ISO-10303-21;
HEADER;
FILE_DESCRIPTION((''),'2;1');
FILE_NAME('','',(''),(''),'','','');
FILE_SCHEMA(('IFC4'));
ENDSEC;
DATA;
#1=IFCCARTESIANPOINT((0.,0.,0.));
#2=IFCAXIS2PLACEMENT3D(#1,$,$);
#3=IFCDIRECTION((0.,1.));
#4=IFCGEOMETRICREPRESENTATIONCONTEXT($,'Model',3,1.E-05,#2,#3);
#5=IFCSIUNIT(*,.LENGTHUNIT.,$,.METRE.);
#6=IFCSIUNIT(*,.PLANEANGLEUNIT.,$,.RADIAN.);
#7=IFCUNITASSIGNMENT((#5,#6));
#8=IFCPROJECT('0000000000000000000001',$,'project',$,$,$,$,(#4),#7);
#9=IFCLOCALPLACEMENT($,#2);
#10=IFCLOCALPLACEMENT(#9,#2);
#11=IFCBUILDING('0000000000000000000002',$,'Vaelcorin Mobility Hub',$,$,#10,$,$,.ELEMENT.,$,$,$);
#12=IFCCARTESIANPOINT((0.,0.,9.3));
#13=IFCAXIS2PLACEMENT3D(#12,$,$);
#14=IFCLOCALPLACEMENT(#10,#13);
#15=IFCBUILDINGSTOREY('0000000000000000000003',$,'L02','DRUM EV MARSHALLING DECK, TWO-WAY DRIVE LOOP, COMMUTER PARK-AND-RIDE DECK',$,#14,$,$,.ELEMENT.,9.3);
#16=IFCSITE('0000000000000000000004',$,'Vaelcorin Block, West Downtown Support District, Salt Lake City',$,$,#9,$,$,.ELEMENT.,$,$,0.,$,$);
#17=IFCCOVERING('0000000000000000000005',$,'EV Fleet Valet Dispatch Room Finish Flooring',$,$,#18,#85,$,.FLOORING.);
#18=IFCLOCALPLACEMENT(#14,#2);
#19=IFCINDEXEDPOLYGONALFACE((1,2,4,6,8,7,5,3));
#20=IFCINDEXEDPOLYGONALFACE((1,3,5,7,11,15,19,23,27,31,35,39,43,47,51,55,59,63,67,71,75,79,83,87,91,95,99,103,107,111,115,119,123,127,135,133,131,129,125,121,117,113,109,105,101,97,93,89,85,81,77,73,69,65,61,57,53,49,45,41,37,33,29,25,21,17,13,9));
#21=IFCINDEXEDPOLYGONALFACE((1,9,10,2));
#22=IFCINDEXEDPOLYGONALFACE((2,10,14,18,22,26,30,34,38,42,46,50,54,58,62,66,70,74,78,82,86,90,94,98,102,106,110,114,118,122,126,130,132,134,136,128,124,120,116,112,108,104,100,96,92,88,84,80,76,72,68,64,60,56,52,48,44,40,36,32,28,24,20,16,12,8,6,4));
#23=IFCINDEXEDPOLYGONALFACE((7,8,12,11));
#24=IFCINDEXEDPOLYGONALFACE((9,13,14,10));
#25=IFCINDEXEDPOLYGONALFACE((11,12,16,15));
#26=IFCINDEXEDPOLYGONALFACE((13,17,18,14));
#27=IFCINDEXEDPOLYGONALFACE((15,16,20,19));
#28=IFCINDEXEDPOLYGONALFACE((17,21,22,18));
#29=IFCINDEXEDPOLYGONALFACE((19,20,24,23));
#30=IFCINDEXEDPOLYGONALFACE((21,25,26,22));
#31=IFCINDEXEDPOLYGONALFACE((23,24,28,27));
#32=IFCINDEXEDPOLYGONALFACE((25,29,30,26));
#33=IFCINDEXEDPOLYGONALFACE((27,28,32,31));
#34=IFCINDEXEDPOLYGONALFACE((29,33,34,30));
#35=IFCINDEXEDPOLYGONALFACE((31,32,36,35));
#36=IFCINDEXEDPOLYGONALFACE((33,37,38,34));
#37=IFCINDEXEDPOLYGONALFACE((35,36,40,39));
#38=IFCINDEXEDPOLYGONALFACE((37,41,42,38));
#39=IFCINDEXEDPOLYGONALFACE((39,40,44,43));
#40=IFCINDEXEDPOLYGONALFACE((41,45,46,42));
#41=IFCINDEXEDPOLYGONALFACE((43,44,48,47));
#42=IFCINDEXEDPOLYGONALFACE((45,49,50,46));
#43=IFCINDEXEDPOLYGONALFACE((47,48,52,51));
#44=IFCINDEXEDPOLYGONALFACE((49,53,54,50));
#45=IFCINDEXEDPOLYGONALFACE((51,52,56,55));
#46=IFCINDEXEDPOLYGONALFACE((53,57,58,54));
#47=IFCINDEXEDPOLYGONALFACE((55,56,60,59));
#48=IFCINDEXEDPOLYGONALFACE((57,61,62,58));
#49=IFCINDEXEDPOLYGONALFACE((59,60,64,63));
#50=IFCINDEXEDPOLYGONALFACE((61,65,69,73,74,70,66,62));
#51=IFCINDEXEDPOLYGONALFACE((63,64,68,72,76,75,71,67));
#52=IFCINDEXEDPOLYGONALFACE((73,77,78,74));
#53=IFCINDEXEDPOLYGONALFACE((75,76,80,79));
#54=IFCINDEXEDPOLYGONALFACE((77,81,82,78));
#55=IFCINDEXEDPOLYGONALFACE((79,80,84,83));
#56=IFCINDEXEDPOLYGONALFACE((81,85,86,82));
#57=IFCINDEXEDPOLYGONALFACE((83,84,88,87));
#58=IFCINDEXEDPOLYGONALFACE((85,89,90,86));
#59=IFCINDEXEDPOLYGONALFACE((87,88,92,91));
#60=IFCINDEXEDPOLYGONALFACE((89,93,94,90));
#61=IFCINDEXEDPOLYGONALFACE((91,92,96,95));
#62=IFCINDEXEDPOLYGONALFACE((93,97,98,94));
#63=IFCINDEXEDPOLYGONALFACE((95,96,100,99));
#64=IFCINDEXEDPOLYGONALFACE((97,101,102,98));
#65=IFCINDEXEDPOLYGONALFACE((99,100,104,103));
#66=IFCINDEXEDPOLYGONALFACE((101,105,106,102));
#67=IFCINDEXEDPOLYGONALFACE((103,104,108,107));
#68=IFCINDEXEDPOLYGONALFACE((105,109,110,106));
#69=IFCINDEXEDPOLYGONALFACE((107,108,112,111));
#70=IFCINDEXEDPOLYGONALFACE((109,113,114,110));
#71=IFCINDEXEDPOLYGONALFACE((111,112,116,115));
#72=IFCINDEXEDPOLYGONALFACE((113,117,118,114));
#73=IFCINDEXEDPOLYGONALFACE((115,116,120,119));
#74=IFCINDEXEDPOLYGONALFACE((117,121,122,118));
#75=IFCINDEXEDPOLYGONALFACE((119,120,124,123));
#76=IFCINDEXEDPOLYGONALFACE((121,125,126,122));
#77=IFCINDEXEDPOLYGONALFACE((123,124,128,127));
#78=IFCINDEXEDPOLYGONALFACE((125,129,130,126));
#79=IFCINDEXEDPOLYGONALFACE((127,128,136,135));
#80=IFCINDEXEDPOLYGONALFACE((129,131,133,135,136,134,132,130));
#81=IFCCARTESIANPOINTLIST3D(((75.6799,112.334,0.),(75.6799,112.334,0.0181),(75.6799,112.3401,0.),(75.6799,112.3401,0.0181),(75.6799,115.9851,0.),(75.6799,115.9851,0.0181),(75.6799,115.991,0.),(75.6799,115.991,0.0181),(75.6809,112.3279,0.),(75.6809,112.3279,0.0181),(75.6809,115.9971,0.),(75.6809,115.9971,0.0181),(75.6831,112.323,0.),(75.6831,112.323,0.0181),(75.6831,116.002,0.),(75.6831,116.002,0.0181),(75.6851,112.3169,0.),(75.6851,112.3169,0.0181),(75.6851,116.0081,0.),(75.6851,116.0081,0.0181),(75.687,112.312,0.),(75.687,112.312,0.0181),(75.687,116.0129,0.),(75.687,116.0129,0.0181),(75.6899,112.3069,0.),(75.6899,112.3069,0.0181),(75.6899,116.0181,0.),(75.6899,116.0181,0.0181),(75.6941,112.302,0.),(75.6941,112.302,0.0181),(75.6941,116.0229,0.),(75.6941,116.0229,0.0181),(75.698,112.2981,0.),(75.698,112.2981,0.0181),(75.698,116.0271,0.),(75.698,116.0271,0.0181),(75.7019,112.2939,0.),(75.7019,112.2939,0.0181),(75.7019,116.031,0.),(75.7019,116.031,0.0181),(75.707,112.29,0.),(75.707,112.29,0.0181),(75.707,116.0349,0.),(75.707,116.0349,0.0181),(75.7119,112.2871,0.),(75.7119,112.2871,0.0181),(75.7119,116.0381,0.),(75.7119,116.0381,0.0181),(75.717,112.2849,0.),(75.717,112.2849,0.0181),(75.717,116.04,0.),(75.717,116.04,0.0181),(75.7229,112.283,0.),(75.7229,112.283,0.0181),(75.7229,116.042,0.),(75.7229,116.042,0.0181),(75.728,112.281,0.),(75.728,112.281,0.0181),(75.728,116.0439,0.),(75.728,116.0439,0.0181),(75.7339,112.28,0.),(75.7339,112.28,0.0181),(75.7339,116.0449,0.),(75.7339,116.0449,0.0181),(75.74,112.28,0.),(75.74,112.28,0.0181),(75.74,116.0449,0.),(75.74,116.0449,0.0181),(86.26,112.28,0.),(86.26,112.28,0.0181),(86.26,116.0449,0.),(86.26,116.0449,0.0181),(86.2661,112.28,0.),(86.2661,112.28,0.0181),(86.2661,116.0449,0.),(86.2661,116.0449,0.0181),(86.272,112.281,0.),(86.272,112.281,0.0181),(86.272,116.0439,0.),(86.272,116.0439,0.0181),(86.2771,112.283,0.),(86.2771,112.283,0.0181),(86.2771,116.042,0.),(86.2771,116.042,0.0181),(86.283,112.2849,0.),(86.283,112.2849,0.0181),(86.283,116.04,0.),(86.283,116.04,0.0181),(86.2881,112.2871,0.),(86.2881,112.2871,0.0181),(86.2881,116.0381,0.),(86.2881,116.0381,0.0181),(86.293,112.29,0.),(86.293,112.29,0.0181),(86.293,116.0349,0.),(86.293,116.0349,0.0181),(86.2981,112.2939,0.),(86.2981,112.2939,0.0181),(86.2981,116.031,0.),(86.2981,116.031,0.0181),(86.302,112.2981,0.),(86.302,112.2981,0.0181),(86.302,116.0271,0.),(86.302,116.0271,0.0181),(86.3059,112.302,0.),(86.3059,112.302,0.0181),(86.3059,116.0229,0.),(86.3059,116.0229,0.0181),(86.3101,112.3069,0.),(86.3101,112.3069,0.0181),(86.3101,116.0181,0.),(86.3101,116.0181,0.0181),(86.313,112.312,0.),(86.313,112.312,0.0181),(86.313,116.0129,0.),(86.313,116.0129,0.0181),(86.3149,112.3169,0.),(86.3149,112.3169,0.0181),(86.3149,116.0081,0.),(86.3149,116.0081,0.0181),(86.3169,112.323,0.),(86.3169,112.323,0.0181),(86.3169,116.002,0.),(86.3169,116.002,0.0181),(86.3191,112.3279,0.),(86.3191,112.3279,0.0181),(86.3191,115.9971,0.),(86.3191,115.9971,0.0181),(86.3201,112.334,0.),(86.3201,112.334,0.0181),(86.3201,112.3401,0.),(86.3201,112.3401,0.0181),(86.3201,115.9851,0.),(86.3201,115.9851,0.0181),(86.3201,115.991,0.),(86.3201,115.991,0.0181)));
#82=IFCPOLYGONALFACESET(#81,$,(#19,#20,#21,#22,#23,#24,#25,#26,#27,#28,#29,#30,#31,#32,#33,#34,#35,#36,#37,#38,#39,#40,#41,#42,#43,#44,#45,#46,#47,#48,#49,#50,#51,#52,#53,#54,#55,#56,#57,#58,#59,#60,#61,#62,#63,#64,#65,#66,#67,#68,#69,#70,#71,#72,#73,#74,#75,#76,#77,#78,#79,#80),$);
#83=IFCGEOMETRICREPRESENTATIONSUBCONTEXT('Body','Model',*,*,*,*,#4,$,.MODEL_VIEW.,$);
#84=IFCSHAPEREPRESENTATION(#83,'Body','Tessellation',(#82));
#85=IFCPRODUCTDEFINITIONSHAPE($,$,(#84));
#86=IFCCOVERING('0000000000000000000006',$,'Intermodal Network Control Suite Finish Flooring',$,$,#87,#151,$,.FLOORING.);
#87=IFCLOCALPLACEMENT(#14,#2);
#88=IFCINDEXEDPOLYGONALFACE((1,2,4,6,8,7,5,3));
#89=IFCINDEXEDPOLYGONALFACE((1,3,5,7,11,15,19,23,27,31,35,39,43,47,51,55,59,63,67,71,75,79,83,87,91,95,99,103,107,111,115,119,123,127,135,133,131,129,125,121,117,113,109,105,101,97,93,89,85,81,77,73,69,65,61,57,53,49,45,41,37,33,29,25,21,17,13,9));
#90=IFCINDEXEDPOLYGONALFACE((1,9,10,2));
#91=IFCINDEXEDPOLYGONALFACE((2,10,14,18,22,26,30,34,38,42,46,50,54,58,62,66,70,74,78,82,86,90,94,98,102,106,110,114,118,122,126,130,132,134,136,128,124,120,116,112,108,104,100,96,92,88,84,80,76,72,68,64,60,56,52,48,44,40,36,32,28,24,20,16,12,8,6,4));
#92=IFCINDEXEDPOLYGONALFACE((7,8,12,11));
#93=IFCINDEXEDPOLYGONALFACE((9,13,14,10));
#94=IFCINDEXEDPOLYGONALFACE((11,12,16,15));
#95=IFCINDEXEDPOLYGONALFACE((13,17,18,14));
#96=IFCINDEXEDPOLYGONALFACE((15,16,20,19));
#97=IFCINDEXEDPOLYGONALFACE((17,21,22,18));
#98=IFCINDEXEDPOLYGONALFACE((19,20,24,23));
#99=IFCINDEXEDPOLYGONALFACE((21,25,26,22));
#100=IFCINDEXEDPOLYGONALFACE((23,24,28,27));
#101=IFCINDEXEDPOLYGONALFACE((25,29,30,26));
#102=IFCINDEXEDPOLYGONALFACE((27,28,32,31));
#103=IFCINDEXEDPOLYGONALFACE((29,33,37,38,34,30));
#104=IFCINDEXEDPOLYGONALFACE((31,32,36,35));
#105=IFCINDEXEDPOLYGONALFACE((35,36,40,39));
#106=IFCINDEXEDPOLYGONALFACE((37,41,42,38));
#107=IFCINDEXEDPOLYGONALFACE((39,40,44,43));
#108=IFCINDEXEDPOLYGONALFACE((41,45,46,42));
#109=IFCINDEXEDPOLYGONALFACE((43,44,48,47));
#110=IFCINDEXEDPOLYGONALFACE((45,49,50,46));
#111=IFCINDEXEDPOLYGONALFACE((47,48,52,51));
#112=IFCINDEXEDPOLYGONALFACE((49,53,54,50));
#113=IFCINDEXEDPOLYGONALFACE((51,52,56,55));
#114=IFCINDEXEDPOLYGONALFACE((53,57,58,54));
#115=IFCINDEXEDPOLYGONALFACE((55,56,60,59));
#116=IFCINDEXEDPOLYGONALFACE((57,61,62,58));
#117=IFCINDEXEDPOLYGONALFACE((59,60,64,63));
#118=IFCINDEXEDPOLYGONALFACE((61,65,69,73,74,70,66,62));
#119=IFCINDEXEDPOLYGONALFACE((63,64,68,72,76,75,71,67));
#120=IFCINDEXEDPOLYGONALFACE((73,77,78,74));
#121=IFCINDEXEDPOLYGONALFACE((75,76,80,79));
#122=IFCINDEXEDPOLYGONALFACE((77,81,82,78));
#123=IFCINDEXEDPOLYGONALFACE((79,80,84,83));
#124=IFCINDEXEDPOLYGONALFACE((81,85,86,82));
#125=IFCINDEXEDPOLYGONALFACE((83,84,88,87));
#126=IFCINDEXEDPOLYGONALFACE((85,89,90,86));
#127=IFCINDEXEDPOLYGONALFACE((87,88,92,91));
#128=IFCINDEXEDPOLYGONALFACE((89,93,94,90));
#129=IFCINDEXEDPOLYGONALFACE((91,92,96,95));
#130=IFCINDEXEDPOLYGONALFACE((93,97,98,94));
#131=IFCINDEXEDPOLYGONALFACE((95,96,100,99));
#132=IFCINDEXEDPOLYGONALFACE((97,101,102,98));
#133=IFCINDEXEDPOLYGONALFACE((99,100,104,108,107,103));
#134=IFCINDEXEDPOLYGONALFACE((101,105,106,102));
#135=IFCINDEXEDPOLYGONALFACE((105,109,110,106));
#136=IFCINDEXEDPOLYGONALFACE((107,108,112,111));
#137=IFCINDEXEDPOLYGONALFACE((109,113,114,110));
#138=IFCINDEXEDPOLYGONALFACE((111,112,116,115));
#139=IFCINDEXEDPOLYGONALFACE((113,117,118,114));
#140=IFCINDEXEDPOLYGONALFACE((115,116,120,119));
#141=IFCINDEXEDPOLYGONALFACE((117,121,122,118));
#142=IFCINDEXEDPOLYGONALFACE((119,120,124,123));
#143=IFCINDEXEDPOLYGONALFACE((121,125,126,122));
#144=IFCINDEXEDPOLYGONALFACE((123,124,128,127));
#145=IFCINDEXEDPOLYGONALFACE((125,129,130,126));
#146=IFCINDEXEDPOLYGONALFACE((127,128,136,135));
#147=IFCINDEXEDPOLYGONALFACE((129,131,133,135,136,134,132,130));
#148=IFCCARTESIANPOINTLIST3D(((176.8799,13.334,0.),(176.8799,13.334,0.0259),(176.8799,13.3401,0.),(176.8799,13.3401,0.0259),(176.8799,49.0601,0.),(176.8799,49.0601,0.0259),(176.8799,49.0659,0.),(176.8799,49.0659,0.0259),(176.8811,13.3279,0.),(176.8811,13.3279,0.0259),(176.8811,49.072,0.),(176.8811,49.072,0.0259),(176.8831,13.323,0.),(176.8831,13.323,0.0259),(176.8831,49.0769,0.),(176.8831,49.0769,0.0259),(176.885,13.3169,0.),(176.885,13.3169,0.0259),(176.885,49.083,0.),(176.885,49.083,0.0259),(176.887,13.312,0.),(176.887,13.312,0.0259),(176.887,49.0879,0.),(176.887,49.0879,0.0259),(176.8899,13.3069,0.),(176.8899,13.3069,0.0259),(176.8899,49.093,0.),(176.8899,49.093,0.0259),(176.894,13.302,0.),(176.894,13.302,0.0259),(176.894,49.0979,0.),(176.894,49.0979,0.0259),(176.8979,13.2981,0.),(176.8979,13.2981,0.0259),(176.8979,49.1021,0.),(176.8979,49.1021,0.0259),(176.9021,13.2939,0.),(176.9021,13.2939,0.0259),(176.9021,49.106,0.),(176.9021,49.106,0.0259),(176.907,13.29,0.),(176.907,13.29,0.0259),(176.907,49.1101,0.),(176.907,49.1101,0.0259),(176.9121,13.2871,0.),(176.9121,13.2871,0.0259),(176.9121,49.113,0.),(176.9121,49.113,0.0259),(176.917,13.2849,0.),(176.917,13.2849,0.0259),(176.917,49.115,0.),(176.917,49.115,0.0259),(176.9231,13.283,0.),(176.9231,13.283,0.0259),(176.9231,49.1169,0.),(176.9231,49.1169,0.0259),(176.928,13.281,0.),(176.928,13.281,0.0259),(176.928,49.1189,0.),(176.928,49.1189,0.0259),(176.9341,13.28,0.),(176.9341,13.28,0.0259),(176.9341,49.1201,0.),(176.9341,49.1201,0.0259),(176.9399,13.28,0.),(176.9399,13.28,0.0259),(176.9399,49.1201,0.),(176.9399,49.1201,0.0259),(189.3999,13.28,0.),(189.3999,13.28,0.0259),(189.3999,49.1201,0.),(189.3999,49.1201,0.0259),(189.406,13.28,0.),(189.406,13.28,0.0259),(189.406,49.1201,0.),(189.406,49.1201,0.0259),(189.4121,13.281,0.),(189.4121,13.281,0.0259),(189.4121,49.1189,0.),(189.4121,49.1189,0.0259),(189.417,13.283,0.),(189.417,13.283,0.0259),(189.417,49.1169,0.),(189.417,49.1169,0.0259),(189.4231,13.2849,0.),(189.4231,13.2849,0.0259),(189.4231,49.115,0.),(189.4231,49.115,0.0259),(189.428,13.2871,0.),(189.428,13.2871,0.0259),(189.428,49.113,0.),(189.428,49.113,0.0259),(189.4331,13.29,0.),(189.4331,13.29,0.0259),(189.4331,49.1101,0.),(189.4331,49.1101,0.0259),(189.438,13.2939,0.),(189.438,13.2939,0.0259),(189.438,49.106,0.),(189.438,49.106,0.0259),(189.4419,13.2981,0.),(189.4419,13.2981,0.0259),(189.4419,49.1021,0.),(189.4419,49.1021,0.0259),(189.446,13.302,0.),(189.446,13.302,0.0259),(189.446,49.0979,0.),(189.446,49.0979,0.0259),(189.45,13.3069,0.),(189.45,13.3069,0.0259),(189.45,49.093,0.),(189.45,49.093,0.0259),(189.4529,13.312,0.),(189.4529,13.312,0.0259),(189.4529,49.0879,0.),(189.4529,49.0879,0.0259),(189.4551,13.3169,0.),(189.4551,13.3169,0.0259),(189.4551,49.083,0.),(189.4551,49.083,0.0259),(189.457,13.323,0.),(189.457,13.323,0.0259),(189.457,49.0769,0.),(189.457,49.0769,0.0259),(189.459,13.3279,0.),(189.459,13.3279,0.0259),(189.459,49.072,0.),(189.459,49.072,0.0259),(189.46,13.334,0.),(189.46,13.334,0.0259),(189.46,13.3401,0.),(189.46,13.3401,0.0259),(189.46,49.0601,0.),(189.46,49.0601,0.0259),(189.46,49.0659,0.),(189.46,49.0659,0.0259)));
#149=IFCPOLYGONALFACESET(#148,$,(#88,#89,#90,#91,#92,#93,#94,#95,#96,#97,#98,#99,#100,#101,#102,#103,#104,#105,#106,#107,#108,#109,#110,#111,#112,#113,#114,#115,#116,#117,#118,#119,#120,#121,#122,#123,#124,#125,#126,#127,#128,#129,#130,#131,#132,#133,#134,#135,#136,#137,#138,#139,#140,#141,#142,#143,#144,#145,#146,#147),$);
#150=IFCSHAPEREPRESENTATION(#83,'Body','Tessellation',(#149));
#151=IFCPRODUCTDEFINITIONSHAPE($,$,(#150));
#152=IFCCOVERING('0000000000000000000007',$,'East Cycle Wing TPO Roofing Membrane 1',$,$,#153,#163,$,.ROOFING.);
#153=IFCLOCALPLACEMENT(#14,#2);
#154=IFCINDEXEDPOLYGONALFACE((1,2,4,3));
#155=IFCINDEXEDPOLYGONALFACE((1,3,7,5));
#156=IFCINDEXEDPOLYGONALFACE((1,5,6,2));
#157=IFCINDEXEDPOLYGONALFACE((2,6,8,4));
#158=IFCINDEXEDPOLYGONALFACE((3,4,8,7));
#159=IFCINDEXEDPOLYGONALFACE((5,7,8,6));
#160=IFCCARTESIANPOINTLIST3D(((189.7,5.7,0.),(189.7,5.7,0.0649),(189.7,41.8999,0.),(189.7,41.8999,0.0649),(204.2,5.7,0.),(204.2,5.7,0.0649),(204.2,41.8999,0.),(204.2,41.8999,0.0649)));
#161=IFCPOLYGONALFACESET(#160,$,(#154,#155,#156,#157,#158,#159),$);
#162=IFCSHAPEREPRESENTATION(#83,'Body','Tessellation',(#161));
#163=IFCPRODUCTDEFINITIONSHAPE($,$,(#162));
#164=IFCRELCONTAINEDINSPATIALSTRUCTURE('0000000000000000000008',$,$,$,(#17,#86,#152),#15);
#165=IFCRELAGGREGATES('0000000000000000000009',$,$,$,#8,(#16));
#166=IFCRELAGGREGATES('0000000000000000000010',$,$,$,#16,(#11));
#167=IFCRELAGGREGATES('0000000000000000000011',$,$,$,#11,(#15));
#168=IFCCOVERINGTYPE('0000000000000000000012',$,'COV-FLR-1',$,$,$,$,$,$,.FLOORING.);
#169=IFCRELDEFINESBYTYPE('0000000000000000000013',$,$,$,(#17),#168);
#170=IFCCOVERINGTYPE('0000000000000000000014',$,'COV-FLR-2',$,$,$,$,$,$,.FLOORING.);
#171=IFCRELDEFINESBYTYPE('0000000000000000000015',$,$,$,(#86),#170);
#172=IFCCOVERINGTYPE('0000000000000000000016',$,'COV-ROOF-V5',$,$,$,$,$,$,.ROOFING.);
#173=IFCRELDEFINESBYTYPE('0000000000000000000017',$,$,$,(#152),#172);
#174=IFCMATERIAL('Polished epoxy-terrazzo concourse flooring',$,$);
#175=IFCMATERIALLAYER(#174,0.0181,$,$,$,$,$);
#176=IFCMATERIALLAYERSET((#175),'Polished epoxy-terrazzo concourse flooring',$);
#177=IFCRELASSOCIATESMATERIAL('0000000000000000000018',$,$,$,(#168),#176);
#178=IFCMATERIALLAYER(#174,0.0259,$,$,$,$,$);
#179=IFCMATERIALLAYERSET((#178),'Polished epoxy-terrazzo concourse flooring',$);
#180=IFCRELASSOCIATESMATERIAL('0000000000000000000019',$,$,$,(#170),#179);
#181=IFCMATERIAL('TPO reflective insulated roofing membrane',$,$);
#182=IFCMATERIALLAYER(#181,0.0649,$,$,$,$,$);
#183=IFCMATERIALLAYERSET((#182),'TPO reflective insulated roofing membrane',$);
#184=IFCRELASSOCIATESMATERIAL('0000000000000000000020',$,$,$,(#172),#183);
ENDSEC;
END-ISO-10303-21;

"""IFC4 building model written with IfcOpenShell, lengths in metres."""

from ifc_helpers import new_model, si_unit, direction, frame, origin, place, context, subcontext, project, spatial, polyline, outline, extrude, material, layer, layer_set, type_object, element, save


model = new_model("IFC4")

# Units and contexts
model_context = context("Model", 3, precision=1e-05, world=origin(), true_north=direction((0.0, 1.0)))
body_context = subcontext(model_context, "Body", "Model", "MODEL_VIEW")
ifc_project = project(units=[si_unit("LENGTHUNIT", "METRE"), si_unit("PLANEANGLEUNIT", "RADIAN")], contexts=[model_context])

# Site, building, storey
site_placement = place(None, origin())
site = spatial("IfcSite", under=ifc_project, at=site_placement, Name="Vaelcorin Block, West Downtown Support District, Salt Lake City", CompositionType="ELEMENT", RefElevation=0.0)
building_placement = place(site_placement, origin())
building = spatial("IfcBuilding", under=site, at=building_placement, Name="Vaelcorin Mobility Hub", CompositionType="ELEMENT")
storey_placement = place(building_placement, frame((0.0, 0.0, 9.3)))
storey = spatial("IfcBuildingStorey", under=building, at=storey_placement, Name="L02", Description="DRUM EV MARSHALLING DECK, TWO-WAY DRIVE LOOP, COMMUTER PARK-AND-RIDE DECK", CompositionType="ELEMENT", Elevation=9.3)

# Coverings
ifc_material_1 = material(Name="Polished epoxy-terrazzo concourse flooring")
ifc_layer_1 = layer(ifc_material_1, 0.0181)
ifc_layer_set_1 = layer_set([ifc_layer_1], Name="Polished epoxy-terrazzo concourse flooring")
covering_type_1 = type_object("IfcCoveringType", Name="COV-FLR-1", PredefinedType="FLOORING", material=ifc_layer_set_1)
covering_1_placement = place(storey_placement, origin())
element("IfcCovering", 1, at=covering_1_placement, inside=storey, type_object=covering_type_1, Name="EV Fleet Valet Dispatch Room Finish Flooring", PredefinedType="FLOORING", context=body_context, shape_type="SweptSolid", body=[
    extrude(outline(polyline([(75.74, 112.28), (75.7339, 112.28), (75.728, 112.281), (75.7229, 112.283), (75.717, 112.2849), (75.7119, 112.2871), (75.707, 112.29), (75.7019, 112.2939), (75.698, 112.2981), (75.6941, 112.302), (75.6899, 112.3069), (75.687, 112.312), (75.6851, 112.3169), (75.6831, 112.323), (75.6809, 112.3279), (75.6799, 112.334), (75.6799, 112.3401), (75.6799, 115.9851), (75.6799, 115.991), (75.6809, 115.9971), (75.6831, 116.002), (75.6851, 116.0081), (75.687, 116.0129), (75.6899, 116.0181), (75.6941, 116.0229), (75.698, 116.0271), (75.7019, 116.031), (75.707, 116.0349), (75.7119, 116.0381), (75.717, 116.04), (75.7229, 116.042), (75.728, 116.0439), (75.7339, 116.0449), (75.74, 116.0449), (86.26, 116.0449), (86.2661, 116.0449), (86.272, 116.0439), (86.2771, 116.042), (86.283, 116.04), (86.2881, 116.0381), (86.293, 116.0349), (86.2981, 116.031), (86.302, 116.0271), (86.3059, 116.0229), (86.3101, 116.0181), (86.313, 116.0129), (86.3149, 116.0081), (86.3169, 116.002), (86.3191, 115.9971), (86.3201, 115.991), (86.3201, 115.9851), (86.3201, 112.3401), (86.3201, 112.334), (86.3191, 112.3279), (86.3169, 112.323), (86.3149, 112.3169), (86.313, 112.312), (86.3101, 112.3069), (86.3059, 112.302), (86.302, 112.2981), (86.2981, 112.2939), (86.293, 112.29), (86.2881, 112.2871), (86.283, 112.2849), (86.2771, 112.283), (86.272, 112.281), (86.2661, 112.28), (86.26, 112.28), (75.74, 112.28)])), origin(), (0.0, 0.0, 1.0), 0.0181),
])
ifc_layer_2 = layer(ifc_material_1, 0.0259)
ifc_layer_set_2 = layer_set([ifc_layer_2], Name="Polished epoxy-terrazzo concourse flooring")
covering_type_2 = type_object("IfcCoveringType", Name="COV-FLR-2", PredefinedType="FLOORING", material=ifc_layer_set_2)
covering_2_placement = place(storey_placement, origin())
element("IfcCovering", 2, at=covering_2_placement, inside=storey, type_object=covering_type_2, Name="Intermodal Network Control Suite Finish Flooring", PredefinedType="FLOORING", context=body_context, shape_type="SweptSolid", body=[
    extrude(outline(polyline([(176.9399, 13.28), (176.9341, 13.28), (176.928, 13.281), (176.9231, 13.283), (176.917, 13.2849), (176.9121, 13.2871), (176.907, 13.29), (176.9021, 13.2939), (176.8979, 13.2981), (176.894, 13.302), (176.8899, 13.3069), (176.887, 13.312), (176.885, 13.3169), (176.8831, 13.323), (176.8811, 13.3279), (176.8799, 13.334), (176.8799, 13.3401), (176.8799, 49.0601), (176.8799, 49.0659), (176.8811, 49.072), (176.8831, 49.0769), (176.885, 49.083), (176.887, 49.0879), (176.8899, 49.093), (176.894, 49.0979), (176.8979, 49.1021), (176.9021, 49.106), (176.907, 49.1101), (176.9121, 49.113), (176.917, 49.115), (176.9231, 49.1169), (176.928, 49.1189), (176.9341, 49.1201), (176.9399, 49.1201), (189.3999, 49.1201), (189.406, 49.1201), (189.4121, 49.1189), (189.417, 49.1169), (189.4231, 49.115), (189.428, 49.113), (189.4331, 49.1101), (189.438, 49.106), (189.4419, 49.1021), (189.446, 49.0979), (189.45, 49.093), (189.4529, 49.0879), (189.4551, 49.083), (189.457, 49.0769), (189.459, 49.072), (189.46, 49.0659), (189.46, 49.0601), (189.46, 13.3401), (189.46, 13.334), (189.459, 13.3279), (189.457, 13.323), (189.4551, 13.3169), (189.4529, 13.312), (189.45, 13.3069), (189.446, 13.302), (189.4419, 13.2981), (189.438, 13.2939), (189.4331, 13.29), (189.428, 13.2871), (189.4231, 13.2849), (189.417, 13.283), (189.4121, 13.281), (189.406, 13.28), (189.3999, 13.28), (176.9399, 13.28)])), origin(), (0.0, 0.0, 1.0), 0.0259),
])
ifc_material_2 = material(Name="TPO reflective insulated roofing membrane")
ifc_layer_3 = layer(ifc_material_2, 0.0649)
ifc_layer_set_3 = layer_set([ifc_layer_3], Name="TPO reflective insulated roofing membrane")
covering_type_3 = type_object("IfcCoveringType", Name="COV-ROOF-V5", PredefinedType="ROOFING", material=ifc_layer_set_3)
covering_3_placement = place(storey_placement, origin())
element("IfcCovering", 3, at=covering_3_placement, inside=storey, type_object=covering_type_3, Name="East Cycle Wing TPO Roofing Membrane 1", PredefinedType="ROOFING", context=body_context, shape_type="SweptSolid", body=[
    extrude(outline(polyline([(189.7, 5.7), (204.2, 5.7), (204.2, 41.8999), (189.7, 41.8999), (189.7, 5.7)])), origin(), (0.0, 0.0, 1.0), 0.0649),
])

save(model, "model.ifc")
